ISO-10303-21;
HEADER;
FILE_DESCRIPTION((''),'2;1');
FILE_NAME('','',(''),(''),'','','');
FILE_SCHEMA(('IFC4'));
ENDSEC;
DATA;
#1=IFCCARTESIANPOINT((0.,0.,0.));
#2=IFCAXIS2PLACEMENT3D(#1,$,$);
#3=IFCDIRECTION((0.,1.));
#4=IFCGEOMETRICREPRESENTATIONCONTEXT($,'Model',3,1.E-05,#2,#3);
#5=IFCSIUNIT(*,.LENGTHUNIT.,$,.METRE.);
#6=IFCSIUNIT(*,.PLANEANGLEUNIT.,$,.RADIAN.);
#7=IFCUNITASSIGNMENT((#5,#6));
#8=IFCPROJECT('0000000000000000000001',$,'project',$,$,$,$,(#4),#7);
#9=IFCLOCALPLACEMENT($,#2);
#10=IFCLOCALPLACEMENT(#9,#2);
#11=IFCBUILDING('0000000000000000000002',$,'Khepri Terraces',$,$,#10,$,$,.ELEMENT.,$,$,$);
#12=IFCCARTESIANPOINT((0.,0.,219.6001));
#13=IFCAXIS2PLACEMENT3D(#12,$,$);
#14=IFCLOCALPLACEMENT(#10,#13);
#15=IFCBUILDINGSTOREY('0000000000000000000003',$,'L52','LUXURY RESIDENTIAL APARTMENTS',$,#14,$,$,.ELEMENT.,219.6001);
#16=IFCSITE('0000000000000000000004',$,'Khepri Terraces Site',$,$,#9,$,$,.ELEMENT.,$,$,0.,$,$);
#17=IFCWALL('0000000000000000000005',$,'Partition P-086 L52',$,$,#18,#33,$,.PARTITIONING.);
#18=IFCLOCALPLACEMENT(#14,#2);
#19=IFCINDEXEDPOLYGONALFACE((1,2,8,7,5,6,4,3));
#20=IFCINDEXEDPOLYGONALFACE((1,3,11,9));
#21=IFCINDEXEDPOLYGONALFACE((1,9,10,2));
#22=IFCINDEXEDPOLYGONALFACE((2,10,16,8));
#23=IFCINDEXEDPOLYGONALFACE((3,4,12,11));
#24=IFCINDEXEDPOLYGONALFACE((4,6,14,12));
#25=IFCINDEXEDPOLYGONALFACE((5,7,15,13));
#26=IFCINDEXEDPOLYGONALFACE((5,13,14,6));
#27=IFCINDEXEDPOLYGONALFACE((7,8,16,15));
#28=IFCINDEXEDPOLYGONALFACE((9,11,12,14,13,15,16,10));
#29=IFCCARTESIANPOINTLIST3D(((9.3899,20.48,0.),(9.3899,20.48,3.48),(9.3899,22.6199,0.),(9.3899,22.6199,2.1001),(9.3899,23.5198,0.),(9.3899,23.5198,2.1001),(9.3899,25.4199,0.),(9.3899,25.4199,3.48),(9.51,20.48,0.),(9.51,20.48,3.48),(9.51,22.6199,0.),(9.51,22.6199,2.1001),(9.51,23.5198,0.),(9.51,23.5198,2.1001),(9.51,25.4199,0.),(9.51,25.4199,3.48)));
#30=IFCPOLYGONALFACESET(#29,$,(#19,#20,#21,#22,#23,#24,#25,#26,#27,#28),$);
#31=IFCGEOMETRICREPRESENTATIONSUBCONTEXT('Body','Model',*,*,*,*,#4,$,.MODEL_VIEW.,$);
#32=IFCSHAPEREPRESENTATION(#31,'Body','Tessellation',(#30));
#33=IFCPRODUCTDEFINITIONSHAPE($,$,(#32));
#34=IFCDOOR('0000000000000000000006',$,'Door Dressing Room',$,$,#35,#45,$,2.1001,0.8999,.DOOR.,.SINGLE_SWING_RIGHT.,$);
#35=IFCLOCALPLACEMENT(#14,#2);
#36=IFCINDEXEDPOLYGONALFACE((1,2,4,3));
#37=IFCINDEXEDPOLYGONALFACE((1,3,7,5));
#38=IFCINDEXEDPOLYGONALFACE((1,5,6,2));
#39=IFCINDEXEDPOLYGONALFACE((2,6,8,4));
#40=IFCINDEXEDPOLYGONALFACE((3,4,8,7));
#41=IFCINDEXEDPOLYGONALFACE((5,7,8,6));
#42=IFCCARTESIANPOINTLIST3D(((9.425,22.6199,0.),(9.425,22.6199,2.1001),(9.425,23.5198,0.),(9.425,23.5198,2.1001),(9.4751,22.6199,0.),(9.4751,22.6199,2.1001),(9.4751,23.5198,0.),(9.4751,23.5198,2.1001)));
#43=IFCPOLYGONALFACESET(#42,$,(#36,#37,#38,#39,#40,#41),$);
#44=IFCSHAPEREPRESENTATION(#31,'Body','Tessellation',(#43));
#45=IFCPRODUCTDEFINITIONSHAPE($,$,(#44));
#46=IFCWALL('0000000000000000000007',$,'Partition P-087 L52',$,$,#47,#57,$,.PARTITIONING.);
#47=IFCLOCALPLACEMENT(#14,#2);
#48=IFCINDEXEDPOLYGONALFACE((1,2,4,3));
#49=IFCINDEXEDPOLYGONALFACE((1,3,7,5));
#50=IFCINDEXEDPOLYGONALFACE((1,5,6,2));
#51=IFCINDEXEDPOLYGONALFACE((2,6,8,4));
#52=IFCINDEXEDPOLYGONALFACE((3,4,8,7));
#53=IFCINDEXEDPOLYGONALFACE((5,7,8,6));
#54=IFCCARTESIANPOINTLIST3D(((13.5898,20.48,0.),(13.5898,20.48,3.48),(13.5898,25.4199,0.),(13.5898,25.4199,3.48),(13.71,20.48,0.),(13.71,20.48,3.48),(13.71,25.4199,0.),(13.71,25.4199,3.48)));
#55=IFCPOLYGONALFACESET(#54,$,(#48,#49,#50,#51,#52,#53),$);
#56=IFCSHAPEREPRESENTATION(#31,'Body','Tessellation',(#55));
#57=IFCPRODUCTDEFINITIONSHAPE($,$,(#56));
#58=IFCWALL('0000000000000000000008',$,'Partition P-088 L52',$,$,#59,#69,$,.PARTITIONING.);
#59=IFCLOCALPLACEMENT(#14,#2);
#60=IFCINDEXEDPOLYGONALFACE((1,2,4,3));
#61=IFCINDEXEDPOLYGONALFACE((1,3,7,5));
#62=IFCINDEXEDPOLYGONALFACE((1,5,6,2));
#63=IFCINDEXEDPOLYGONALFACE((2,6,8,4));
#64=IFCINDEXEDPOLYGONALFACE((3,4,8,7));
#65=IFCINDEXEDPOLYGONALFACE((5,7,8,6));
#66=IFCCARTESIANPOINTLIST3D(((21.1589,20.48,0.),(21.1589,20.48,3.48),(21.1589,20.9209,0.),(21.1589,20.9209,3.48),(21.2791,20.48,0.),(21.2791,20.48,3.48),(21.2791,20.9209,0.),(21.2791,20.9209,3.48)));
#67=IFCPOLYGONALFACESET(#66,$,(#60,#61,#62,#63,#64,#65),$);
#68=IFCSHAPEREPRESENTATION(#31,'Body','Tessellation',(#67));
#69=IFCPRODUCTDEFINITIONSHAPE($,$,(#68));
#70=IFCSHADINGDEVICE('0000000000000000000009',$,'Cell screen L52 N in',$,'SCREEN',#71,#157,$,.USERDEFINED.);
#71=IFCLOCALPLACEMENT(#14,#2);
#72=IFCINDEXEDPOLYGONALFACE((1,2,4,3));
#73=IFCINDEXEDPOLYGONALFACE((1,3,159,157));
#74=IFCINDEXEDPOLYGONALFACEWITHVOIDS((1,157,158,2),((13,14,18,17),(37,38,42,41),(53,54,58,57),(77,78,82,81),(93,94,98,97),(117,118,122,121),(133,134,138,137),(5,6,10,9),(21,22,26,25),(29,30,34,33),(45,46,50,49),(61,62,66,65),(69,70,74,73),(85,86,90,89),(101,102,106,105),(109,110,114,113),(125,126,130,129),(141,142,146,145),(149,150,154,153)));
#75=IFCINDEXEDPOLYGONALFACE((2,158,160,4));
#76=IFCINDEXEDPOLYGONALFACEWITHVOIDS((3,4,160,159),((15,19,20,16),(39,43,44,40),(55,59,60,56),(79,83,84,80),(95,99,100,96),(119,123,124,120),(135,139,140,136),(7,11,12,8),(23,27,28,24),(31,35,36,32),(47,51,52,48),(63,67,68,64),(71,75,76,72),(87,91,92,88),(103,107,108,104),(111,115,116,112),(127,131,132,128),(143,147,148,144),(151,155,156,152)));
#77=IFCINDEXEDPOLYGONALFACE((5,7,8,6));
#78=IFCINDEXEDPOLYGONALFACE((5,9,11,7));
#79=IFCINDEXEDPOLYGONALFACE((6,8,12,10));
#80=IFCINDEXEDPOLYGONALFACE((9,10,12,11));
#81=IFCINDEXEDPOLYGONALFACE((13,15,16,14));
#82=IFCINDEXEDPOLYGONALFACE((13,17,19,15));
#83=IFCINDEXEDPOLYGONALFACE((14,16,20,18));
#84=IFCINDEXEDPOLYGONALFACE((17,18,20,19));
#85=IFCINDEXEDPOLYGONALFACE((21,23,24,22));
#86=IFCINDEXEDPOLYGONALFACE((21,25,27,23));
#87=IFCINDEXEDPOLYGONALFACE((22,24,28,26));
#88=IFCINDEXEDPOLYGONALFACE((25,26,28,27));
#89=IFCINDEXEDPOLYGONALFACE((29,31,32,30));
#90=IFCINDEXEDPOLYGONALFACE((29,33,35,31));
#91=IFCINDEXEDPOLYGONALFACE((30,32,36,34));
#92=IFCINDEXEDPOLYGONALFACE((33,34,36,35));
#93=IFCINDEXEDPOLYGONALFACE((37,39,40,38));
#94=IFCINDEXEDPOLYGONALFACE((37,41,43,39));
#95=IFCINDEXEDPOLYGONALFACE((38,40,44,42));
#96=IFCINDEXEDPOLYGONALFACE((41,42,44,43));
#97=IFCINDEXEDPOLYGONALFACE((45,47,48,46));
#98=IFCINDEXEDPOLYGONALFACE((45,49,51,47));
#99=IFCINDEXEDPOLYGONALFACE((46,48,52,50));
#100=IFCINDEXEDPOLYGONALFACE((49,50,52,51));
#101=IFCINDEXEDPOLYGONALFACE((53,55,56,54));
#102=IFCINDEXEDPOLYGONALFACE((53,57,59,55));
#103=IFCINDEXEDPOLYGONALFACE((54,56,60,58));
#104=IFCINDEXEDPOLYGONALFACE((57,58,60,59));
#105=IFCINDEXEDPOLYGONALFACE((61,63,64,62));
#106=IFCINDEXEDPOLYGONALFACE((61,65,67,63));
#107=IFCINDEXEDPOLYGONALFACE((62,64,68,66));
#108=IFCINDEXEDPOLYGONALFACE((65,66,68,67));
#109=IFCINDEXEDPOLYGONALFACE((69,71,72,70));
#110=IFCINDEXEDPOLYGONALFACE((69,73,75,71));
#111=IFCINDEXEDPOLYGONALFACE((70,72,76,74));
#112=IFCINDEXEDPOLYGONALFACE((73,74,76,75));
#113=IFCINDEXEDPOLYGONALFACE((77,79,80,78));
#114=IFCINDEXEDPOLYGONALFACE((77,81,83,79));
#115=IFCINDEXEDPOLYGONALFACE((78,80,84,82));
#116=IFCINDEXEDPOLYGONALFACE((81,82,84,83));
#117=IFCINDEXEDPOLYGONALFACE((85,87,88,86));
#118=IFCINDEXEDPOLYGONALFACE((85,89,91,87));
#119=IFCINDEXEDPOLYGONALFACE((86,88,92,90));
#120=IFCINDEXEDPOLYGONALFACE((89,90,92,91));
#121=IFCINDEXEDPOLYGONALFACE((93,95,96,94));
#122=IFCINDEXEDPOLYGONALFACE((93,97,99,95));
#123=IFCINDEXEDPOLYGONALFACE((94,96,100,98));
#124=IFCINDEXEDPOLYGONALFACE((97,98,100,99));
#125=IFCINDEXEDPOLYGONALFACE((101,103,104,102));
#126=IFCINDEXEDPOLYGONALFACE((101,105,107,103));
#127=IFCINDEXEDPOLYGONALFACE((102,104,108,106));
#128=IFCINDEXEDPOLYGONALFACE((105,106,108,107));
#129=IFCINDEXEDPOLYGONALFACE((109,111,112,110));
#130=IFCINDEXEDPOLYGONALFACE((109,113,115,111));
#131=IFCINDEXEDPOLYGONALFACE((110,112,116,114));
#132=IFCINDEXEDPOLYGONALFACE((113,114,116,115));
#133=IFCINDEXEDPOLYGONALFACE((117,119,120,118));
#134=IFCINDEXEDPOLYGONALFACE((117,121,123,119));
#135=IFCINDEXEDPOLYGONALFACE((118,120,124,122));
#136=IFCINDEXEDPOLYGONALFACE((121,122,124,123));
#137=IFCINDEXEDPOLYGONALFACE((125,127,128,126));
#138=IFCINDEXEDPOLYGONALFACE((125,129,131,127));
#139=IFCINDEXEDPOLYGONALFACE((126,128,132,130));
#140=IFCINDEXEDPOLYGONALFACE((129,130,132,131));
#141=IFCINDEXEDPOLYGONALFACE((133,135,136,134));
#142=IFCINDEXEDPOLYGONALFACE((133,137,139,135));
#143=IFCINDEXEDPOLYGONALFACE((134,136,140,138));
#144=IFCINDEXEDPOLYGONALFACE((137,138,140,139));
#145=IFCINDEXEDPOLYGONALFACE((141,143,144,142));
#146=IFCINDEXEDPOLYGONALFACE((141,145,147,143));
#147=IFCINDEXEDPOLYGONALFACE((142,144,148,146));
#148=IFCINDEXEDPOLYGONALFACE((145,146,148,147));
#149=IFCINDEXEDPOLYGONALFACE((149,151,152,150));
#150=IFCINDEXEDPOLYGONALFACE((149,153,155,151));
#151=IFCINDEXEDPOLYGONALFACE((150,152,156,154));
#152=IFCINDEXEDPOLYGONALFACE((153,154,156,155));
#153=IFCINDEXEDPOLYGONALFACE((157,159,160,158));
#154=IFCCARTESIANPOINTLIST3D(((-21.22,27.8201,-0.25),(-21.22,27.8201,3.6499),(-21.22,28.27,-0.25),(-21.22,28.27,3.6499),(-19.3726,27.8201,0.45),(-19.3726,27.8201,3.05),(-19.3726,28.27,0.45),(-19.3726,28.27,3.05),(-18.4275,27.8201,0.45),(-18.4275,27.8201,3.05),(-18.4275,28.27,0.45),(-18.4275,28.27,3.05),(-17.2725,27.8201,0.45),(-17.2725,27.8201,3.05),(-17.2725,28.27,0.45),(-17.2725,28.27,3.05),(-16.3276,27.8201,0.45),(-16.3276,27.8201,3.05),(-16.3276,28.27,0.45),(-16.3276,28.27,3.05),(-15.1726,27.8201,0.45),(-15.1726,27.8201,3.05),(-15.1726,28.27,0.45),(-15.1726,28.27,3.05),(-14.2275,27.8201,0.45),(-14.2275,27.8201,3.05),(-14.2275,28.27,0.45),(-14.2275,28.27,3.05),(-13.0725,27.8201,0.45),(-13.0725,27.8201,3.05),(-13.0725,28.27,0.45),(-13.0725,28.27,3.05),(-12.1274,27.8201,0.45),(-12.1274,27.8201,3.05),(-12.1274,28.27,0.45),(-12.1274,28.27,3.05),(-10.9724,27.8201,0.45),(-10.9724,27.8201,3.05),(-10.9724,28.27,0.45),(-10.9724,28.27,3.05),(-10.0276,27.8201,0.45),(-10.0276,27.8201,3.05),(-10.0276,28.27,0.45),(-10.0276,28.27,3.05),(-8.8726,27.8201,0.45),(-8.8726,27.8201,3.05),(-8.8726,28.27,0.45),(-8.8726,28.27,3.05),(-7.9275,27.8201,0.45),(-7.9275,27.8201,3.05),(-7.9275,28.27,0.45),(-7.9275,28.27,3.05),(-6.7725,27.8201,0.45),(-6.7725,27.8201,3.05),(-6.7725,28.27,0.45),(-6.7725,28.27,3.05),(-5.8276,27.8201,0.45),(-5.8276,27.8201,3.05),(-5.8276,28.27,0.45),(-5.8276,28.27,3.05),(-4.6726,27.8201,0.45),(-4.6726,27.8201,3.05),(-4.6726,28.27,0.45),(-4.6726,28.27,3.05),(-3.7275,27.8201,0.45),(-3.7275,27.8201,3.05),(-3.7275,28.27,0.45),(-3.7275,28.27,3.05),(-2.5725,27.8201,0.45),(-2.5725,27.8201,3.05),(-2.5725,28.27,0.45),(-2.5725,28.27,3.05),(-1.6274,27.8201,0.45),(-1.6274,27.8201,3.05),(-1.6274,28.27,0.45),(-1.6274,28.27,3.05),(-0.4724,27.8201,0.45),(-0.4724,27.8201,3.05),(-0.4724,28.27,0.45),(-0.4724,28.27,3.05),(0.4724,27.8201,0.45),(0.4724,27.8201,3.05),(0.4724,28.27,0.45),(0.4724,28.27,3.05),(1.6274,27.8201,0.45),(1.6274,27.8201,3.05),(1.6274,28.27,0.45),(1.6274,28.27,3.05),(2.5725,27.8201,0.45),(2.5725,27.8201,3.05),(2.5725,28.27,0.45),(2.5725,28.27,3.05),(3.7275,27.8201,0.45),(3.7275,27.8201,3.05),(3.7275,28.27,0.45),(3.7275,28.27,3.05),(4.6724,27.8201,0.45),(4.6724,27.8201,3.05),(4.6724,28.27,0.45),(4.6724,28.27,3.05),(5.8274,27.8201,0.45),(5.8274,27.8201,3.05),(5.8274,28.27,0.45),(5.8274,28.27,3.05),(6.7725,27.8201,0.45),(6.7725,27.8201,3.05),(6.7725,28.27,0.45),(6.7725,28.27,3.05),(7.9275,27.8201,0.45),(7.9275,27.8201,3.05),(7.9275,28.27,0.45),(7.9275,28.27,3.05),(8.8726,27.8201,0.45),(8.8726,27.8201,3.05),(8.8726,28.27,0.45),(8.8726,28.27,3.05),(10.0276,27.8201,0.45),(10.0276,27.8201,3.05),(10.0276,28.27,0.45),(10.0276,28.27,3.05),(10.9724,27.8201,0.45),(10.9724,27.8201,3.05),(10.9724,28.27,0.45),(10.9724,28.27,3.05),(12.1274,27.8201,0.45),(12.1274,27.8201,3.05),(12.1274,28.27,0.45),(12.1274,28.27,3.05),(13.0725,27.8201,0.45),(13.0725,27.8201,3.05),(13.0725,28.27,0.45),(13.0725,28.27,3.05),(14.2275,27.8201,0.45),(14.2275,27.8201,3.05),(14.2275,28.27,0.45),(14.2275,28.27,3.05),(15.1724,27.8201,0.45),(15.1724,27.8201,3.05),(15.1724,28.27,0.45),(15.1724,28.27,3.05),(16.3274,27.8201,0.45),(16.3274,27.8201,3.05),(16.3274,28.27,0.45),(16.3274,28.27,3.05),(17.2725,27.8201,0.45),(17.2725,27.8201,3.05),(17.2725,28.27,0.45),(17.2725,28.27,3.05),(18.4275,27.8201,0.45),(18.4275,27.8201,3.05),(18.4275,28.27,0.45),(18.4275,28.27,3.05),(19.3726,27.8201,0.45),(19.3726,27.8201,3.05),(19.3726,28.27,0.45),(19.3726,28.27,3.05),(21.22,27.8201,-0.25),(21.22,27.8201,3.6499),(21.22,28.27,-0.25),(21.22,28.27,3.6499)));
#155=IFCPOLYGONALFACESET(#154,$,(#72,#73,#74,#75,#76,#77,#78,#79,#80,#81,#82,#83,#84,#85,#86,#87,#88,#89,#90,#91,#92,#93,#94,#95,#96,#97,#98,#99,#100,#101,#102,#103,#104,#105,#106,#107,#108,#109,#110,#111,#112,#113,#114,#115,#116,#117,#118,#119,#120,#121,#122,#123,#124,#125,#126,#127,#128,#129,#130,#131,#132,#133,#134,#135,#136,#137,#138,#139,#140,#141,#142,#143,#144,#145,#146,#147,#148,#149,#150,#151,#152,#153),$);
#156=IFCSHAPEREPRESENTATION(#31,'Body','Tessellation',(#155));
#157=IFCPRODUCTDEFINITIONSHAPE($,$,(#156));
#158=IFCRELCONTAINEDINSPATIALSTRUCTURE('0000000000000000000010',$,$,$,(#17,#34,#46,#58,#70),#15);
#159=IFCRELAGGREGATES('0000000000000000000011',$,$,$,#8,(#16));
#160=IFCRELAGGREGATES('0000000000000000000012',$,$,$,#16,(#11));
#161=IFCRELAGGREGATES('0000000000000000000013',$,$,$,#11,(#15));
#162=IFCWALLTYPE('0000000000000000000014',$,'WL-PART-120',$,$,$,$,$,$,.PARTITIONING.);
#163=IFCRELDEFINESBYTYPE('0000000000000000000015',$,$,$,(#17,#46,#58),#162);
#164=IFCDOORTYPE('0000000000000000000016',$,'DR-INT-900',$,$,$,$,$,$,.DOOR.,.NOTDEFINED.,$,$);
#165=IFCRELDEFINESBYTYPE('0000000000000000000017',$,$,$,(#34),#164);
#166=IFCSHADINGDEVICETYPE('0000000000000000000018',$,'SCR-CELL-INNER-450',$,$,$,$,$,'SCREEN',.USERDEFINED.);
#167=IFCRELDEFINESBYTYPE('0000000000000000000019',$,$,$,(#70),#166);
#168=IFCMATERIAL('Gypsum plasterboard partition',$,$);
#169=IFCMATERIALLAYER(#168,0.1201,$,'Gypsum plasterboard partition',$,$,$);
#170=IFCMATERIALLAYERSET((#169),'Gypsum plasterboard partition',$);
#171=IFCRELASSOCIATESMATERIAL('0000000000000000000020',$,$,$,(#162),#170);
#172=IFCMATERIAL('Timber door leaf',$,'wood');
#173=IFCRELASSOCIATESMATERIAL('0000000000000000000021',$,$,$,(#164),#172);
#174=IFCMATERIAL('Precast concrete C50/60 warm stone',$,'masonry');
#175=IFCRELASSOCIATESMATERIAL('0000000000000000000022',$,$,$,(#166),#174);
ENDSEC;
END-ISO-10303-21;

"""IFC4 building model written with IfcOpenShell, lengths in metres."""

from ifc_helpers import new_model, si_unit, direction, frame, frame_2d, origin, place, context, subcontext, project, spatial, polyline, rectangle, outline, extrude, material, layer, layer_set, type_object, element, fill, save


model = new_model("IFC4")

# Units and contexts
model_context = context("Model", 3, precision=1e-05, world=origin(), true_north=direction((0.0, 1.0)))
body_context = subcontext(model_context, "Body", "Model", "MODEL_VIEW")
ifc_project = project(units=[si_unit("LENGTHUNIT", "METRE"), si_unit("PLANEANGLEUNIT", "RADIAN")], contexts=[model_context])

# Site, building, storey
site_placement = place(None, origin())
site = spatial("IfcSite", under=ifc_project, at=site_placement, Name="Khepri Terraces Site", CompositionType="ELEMENT", RefElevation=0.0)
building_placement = place(site_placement, origin())
building = spatial("IfcBuilding", under=site, at=building_placement, Name="Khepri Terraces", CompositionType="ELEMENT")
storey_placement = place(building_placement, frame((0.0, 0.0, 219.6001)))
storey = spatial("IfcBuildingStorey", under=building, at=storey_placement, Name="L52", Description="LUXURY RESIDENTIAL APARTMENTS", CompositionType="ELEMENT", Elevation=219.6001)

# Shared definitions
ifc_material_1 = material(Name="Precast concrete C50/60 warm stone", Category="masonry")

# Wall, opening, door
ifc_material_2 = material(Name="Gypsum plasterboard partition")
ifc_layer_1 = layer(ifc_material_2, 0.1201, Name="Gypsum plasterboard partition")
ifc_layer_set_1 = layer_set([ifc_layer_1], Name="Gypsum plasterboard partition")
wall_type_1 = type_object("IfcWallType", Name="WL-PART-120", PredefinedType="PARTITIONING", material=ifc_layer_set_1)
wall_1_placement = place(storey_placement, frame((9.45, 20.48, 0.0), z_axis=(0.0, 0.0, 1.0), x_axis=(0.0, 1.0, 0.0)))
wall_1 = element("IfcWall", 1, at=wall_1_placement, inside=storey, type_object=wall_type_1, Name="Partition P-086 L52", PredefinedType="PARTITIONING", context=body_context, shape_type="SweptSolid", body=[
    extrude(rectangle(XDim=4.9399, YDim=0.1201, at=frame_2d((2.47, 0.0))), origin(), (0.0, 0.0, 1.0), 3.48),
])
opening_1_placement = place(wall_1_placement, frame((2.1399, 0.0, 0.0)))
opening_1 = element("IfcOpeningElement", 2, at=opening_1_placement, cuts=wall_1, PredefinedType="OPENING", context=body_context, shape_type="SweptSolid", body=[
    extrude(rectangle(XDim=0.8999, YDim=2.1001, at=frame_2d((0.45, 1.05))), frame((0.0, 0.0701, 0.0), z_axis=(0.0, -1.0, 0.0), x_axis=(1.0, 0.0, 0.0)), (0.0, 0.0, 1.0), 0.1401),
])
ifc_material_3 = material(Name="Timber door leaf", Category="wood")
door_type_1 = type_object("IfcDoorType", Name="DR-INT-900", OperationType="NOTDEFINED", PredefinedType="DOOR", material=ifc_material_3)
door_1_placement = place(opening_1_placement, origin())
door_1 = element("IfcDoor", 3, at=door_1_placement, inside=storey, type_object=door_type_1, Name="Door Dressing Room", OperationType="SINGLE_SWING_RIGHT", OverallHeight=2.1001, OverallWidth=0.8999, PredefinedType="DOOR", context=body_context, shape_type="SweptSolid", body=[
    extrude(rectangle(XDim=0.8999, YDim=2.1001, at=frame_2d((0.45, 1.05))), frame((0.0, 0.0249, 0.0), z_axis=(0.0, -1.0, 0.0), x_axis=(1.0, 0.0, 0.0)), (0.0, 0.0, 1.0), 0.05),
])
fill(opening_1, door_1)

# Walls
wall_2_placement = place(storey_placement, frame((13.6499, 20.48, 0.0), z_axis=(0.0, 0.0, 1.0), x_axis=(0.0, 1.0, 0.0)))
element("IfcWall", 4, at=wall_2_placement, inside=storey, type_object=wall_type_1, Name="Partition P-087 L52", PredefinedType="PARTITIONING", context=body_context, shape_type="SweptSolid", body=[
    extrude(rectangle(XDim=4.9399, YDim=0.1201, at=frame_2d((2.47, 0.0))), origin(), (0.0, 0.0, 1.0), 3.48),
])
wall_3_placement = place(storey_placement, frame((21.219, 20.48, 0.0), z_axis=(0.0, 0.0, 1.0), x_axis=(0.0, 1.0, 0.0)))
element("IfcWall", 5, at=wall_3_placement, inside=storey, type_object=wall_type_1, Name="Partition P-088 L52", PredefinedType="PARTITIONING", context=body_context, shape_type="SweptSolid", body=[
    extrude(rectangle(XDim=0.4409, YDim=0.1201, at=frame_2d((0.2205, 0.0))), origin(), (0.0, 0.0, 1.0), 3.48),
])

# Shading device
shading_device_type_1 = type_object("IfcShadingDeviceType", Name="SCR-CELL-INNER-450", ElementType="SCREEN", PredefinedType="USERDEFINED", material=ifc_material_1)
shading_device_1_placement = place(storey_placement, frame((21.22, 27.8201, -0.25), z_axis=(0.0, 1.0, 0.0), x_axis=(-1.0, 0.0, 0.0)))
element("IfcShadingDevice", 6, at=shading_device_1_placement, inside=storey, type_object=shading_device_type_1, Name="Cell screen L52 N in", ObjectType="SCREEN", PredefinedType="USERDEFINED", context=body_context, shape_type="SweptSolid", body=[
    extrude(outline(polyline([(0.0, 0.0), (42.4399, 0.0), (42.4399, 3.8999), (0.0, 3.8999), (0.0, 0.0)]), holes=[polyline([(1.8474, 0.7), (2.7925, 0.7), (2.7925, 3.3), (1.8474, 3.3), (1.8474, 0.7)]), polyline([(3.9475, 0.7), (4.8926, 0.7), (4.8926, 3.3), (3.9475, 3.3), (3.9475, 0.7)]), polyline([(6.0476, 0.7), (6.9924, 0.7), (6.9924, 3.3), (6.0476, 3.3), (6.0476, 0.7)]), polyline([(8.1475, 0.7), (9.0925, 0.7), (9.0925, 3.3), (8.1475, 3.3), (8.1475, 0.7)]), polyline([(10.2476, 0.7), (11.1924, 0.7), (11.1924, 3.3), (10.2476, 3.3), (10.2476, 0.7)]), polyline([(12.3474, 0.7), (13.2925, 0.7), (13.2925, 3.3), (12.3474, 3.3), (12.3474, 0.7)]), polyline([(14.4475, 0.7), (15.3926, 0.7), (15.3926, 3.3), (14.4475, 3.3), (14.4475, 0.7)]), polyline([(16.5476, 0.7), (17.4924, 0.7), (17.4924, 3.3), (16.5476, 3.3), (16.5476, 0.7)]), polyline([(18.6475, 0.7), (19.5925, 0.7), (19.5925, 3.3), (18.6475, 3.3), (18.6475, 0.7)]), polyline([(20.7476, 0.7), (21.6924, 0.7), (21.6924, 3.3), (20.7476, 3.3), (20.7476, 0.7)]), polyline([(22.8474, 0.7), (23.7925, 0.7), (23.7925, 3.3), (22.8474, 3.3), (22.8474, 0.7)]), polyline([(24.9475, 0.7), (25.8926, 0.7), (25.8926, 3.3), (24.9475, 3.3), (24.9475, 0.7)]), polyline([(27.0476, 0.7), (27.9924, 0.7), (27.9924, 3.3), (27.0476, 3.3), (27.0476, 0.7)]), polyline([(29.1475, 0.7), (30.0925, 0.7), (30.0925, 3.3), (29.1475, 3.3), (29.1475, 0.7)]), polyline([(31.2476, 0.7), (32.1924, 0.7), (32.1924, 3.3), (31.2476, 3.3), (31.2476, 0.7)]), polyline([(33.3474, 0.7), (34.2925, 0.7), (34.2925, 3.3), (33.3474, 3.3), (33.3474, 0.7)]), polyline([(35.4475, 0.7), (36.3926, 0.7), (36.3926, 3.3), (35.4475, 3.3), (35.4475, 0.7)]), polyline([(37.5476, 0.7), (38.4924, 0.7), (38.4924, 3.3), (37.5476, 3.3), (37.5476, 0.7)]), polyline([(39.6475, 0.7), (40.5925, 0.7), (40.5925, 3.3), (39.6475, 3.3), (39.6475, 0.7)])]), origin(), (0.0, 0.0, 1.0), 0.45),
])

save(model, "model.ifc")
